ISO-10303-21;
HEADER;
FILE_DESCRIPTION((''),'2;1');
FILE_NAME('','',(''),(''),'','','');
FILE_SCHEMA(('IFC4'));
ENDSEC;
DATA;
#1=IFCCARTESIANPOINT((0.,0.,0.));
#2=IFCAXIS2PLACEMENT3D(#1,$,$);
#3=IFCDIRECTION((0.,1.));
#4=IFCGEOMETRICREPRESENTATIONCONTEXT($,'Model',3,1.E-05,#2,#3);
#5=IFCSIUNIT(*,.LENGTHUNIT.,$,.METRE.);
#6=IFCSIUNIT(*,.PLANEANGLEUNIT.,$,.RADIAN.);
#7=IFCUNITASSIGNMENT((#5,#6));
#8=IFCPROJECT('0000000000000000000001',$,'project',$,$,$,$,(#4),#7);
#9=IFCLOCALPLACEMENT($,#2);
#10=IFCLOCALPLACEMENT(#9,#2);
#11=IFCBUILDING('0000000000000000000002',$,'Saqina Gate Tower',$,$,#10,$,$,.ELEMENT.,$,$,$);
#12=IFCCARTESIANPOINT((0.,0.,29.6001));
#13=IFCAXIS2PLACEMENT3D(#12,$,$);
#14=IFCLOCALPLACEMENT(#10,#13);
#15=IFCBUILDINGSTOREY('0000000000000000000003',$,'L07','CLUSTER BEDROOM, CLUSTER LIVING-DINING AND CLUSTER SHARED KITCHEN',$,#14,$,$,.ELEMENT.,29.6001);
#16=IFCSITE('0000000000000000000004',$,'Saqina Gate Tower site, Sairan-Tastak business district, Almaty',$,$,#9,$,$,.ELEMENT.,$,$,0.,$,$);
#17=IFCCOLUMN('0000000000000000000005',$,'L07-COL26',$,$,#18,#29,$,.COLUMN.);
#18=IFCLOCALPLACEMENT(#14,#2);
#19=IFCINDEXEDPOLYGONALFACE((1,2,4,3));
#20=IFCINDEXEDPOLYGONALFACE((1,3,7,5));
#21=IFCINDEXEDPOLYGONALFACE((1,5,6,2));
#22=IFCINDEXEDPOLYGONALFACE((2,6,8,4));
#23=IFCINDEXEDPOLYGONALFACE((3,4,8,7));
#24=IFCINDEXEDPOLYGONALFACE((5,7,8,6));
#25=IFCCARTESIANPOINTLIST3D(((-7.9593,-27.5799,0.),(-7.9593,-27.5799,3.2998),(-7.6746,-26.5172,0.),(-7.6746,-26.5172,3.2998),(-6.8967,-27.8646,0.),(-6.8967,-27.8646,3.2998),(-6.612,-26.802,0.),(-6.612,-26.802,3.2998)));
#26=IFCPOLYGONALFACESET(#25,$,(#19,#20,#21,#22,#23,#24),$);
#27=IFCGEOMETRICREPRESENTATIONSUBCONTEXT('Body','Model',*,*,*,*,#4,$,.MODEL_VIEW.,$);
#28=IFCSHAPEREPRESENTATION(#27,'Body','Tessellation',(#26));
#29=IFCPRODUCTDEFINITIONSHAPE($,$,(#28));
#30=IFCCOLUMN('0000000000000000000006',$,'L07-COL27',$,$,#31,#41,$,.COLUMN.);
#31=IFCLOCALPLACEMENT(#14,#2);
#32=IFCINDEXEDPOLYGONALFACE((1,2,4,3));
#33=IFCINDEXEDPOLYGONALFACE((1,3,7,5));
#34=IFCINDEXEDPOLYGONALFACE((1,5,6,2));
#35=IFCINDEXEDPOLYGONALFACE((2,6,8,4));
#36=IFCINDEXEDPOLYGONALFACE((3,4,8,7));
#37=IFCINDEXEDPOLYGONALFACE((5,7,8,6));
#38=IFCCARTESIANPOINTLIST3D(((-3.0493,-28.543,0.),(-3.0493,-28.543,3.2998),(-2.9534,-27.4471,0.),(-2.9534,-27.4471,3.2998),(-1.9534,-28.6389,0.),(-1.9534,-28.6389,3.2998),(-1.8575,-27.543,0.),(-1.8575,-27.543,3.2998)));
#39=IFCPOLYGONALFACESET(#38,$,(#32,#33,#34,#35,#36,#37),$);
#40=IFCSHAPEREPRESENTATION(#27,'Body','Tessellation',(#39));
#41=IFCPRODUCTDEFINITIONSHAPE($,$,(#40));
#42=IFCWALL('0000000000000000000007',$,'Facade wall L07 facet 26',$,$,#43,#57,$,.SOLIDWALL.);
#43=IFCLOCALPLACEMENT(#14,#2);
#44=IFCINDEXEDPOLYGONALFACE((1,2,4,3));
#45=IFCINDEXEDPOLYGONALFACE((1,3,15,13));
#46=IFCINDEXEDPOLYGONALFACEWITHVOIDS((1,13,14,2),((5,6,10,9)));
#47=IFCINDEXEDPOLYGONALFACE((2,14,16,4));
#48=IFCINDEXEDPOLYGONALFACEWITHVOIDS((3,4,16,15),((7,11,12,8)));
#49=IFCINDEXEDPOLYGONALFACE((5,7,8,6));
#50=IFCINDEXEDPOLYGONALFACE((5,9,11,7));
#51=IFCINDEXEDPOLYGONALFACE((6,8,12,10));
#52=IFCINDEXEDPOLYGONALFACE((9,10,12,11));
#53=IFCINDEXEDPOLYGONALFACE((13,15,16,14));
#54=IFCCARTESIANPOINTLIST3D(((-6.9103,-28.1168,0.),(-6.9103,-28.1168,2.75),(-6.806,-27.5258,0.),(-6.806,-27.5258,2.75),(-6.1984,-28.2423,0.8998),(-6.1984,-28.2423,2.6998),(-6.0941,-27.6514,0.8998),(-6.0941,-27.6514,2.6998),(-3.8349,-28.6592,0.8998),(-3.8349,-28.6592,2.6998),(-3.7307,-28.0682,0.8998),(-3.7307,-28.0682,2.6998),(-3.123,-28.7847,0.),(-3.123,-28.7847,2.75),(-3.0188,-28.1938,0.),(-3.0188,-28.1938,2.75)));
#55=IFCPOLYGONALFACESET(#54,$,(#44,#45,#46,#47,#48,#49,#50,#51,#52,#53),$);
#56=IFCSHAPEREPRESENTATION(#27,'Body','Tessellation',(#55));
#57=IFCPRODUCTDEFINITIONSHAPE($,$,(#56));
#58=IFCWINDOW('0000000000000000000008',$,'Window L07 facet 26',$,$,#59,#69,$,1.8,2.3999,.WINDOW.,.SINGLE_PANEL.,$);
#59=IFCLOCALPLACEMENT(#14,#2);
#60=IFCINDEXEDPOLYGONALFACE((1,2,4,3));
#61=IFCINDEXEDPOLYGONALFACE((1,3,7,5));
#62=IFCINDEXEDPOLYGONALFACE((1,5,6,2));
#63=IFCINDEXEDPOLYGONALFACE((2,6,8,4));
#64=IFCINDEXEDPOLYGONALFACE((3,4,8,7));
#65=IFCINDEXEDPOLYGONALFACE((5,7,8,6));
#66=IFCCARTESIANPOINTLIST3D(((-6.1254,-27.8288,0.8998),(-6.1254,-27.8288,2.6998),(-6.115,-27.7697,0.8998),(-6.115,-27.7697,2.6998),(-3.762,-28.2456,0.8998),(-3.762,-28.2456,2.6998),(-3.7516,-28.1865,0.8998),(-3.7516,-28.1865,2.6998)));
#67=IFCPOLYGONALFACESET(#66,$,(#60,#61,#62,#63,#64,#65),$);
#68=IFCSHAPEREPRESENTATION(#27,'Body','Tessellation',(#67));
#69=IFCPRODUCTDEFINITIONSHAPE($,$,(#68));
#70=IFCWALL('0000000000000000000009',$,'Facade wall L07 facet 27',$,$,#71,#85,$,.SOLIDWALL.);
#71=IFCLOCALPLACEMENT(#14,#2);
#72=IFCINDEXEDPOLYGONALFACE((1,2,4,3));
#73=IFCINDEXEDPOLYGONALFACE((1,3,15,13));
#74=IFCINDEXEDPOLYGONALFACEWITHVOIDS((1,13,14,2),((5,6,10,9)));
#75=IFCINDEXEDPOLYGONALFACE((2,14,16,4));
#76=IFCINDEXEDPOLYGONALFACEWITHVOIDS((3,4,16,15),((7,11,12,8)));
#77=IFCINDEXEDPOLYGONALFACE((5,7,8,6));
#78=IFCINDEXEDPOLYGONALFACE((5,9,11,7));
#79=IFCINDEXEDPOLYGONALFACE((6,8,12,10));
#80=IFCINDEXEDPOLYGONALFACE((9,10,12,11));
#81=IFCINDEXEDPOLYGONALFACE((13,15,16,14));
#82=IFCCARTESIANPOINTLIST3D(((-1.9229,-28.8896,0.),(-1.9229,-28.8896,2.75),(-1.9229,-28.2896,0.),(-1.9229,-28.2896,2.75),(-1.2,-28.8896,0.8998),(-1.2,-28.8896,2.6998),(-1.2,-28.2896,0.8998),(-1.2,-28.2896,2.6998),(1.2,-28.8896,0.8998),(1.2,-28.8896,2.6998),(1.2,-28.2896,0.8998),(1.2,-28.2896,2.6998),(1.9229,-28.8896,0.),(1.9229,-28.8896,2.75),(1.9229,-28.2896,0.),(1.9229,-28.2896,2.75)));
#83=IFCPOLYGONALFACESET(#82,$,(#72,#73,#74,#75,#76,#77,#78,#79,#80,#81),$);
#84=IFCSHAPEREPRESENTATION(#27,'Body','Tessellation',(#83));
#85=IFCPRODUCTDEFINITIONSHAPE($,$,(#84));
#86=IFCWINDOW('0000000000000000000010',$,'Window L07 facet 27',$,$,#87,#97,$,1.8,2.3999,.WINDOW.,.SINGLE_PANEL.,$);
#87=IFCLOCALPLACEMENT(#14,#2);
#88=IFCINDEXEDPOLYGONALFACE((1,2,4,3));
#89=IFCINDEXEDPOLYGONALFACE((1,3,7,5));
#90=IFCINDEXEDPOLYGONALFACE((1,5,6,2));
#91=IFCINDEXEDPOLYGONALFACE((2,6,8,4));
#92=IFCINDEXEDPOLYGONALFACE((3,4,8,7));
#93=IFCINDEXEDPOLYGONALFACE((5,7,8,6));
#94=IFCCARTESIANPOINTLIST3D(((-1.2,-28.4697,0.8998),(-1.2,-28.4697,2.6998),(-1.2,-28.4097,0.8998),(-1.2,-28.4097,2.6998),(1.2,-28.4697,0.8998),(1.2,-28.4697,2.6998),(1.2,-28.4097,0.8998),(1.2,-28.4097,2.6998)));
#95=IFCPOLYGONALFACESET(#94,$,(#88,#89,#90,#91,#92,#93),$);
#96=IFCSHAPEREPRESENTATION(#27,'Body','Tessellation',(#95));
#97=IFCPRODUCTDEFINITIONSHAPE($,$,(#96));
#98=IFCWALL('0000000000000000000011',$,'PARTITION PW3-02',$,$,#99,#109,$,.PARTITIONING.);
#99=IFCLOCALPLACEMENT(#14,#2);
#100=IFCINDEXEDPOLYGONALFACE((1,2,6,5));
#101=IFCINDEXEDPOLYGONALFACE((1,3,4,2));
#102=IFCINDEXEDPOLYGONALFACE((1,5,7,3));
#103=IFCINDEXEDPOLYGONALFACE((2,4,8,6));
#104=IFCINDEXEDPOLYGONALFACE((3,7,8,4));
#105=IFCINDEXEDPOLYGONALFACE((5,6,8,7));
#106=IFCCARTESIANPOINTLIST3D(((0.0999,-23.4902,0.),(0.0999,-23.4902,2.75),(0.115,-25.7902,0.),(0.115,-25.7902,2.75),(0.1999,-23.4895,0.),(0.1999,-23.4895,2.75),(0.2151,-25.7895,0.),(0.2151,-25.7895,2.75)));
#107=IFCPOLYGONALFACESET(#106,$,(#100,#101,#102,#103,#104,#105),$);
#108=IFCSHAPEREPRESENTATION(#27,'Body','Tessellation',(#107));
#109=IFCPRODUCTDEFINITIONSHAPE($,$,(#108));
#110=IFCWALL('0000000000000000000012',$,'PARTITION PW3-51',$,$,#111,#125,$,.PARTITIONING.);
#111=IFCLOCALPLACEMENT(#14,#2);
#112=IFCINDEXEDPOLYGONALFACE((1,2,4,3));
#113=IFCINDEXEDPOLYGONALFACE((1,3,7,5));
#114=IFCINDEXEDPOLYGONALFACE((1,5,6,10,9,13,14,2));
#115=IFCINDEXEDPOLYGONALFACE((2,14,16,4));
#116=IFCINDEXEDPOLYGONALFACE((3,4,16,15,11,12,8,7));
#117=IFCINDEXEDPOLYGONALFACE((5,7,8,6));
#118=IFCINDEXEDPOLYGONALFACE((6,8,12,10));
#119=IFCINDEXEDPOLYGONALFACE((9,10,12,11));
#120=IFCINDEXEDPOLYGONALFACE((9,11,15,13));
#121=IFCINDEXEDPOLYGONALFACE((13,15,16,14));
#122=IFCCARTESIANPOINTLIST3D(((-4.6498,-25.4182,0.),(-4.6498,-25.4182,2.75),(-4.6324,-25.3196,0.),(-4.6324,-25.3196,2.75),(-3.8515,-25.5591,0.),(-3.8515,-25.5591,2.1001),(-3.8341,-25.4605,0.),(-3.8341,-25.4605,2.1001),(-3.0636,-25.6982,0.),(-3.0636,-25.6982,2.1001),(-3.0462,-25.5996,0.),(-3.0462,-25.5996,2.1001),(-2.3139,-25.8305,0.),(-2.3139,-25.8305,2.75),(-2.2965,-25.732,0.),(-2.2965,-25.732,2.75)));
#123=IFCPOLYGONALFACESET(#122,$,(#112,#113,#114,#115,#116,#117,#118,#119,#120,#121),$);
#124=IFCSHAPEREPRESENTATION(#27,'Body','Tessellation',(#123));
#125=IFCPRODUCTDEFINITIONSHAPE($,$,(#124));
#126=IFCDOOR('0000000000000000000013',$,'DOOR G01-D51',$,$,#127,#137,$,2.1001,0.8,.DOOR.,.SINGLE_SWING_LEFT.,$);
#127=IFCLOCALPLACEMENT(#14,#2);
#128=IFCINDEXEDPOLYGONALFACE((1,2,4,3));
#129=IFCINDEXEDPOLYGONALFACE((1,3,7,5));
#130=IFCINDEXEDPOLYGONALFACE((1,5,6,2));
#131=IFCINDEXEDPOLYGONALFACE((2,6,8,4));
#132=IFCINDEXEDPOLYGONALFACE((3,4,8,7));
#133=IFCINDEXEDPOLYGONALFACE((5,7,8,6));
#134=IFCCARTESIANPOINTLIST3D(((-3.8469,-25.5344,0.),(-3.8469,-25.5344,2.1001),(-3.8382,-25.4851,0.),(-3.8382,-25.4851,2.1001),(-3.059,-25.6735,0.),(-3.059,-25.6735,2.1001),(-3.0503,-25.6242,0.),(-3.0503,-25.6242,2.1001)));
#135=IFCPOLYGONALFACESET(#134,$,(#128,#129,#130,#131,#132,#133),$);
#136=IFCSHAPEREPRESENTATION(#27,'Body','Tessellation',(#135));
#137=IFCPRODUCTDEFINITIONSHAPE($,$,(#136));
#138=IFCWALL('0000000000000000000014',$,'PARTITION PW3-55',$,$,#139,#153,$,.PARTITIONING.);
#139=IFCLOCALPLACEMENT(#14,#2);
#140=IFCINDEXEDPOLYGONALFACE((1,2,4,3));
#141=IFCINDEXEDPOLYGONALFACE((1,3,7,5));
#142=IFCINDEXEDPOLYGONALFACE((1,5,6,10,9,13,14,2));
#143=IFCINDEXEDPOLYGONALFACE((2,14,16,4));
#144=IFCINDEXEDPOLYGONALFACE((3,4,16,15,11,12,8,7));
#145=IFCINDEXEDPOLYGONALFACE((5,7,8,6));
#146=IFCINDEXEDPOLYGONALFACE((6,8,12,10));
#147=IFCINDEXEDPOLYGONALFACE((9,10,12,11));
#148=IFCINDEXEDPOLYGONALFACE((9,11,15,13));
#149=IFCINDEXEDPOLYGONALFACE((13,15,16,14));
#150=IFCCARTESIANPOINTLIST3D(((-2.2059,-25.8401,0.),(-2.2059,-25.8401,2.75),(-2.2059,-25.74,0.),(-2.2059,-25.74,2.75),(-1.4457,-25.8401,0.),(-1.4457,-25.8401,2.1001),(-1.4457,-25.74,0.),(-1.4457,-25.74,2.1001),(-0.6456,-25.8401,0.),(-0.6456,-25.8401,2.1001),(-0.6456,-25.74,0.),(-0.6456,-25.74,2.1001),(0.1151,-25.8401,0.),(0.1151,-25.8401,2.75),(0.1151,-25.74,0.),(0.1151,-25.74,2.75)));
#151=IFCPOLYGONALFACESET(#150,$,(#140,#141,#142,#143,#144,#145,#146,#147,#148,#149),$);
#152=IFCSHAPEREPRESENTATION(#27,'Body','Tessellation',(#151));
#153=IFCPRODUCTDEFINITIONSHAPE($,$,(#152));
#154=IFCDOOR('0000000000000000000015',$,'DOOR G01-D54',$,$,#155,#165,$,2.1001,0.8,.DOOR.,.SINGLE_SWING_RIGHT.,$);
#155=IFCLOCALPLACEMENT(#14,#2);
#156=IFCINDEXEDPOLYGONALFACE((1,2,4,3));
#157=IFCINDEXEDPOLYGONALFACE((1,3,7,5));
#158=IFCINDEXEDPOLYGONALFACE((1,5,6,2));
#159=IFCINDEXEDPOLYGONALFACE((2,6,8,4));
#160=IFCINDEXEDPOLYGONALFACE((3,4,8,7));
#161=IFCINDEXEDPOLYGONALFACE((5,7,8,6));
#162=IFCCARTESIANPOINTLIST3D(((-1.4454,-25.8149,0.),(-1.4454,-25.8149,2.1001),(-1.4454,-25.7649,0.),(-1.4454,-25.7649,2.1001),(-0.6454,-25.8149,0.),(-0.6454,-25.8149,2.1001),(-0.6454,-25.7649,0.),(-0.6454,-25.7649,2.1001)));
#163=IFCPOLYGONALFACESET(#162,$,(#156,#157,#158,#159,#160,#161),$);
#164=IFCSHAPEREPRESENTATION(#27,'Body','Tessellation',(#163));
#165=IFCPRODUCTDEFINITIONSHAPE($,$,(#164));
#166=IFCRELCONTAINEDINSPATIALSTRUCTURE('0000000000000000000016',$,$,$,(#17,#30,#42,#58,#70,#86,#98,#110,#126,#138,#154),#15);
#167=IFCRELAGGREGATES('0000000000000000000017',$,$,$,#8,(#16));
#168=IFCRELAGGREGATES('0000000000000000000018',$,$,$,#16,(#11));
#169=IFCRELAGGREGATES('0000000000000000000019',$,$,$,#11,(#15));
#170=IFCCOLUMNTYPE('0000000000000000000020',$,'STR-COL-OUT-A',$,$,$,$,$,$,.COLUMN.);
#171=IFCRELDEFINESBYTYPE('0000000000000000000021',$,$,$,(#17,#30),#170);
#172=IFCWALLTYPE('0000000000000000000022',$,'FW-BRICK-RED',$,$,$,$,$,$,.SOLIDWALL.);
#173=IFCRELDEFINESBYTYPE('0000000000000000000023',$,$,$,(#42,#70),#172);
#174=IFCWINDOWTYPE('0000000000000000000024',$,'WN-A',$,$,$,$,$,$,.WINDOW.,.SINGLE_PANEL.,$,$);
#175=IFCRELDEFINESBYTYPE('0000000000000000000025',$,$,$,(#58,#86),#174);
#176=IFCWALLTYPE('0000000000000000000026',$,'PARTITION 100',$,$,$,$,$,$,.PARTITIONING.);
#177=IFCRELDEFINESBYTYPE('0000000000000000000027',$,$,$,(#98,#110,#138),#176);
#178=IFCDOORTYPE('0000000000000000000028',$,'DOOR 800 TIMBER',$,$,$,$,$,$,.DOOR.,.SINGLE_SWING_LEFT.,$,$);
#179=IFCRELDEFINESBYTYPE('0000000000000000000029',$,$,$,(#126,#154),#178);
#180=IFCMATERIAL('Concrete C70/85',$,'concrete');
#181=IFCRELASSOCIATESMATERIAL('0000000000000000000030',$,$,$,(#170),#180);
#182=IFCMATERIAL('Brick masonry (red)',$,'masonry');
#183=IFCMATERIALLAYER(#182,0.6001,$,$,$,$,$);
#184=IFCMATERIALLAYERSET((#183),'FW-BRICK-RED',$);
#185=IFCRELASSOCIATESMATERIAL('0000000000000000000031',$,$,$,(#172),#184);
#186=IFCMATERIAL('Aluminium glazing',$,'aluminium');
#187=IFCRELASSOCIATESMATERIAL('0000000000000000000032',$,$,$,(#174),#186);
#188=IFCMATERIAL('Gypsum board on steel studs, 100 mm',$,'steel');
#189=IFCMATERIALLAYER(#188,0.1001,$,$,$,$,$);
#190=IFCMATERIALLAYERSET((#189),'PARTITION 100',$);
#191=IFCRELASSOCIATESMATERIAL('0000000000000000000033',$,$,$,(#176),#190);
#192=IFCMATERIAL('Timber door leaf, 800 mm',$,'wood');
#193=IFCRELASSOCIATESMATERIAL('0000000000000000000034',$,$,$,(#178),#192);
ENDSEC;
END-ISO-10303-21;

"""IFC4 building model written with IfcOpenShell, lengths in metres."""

from ifc_helpers import new_model, si_unit, direction, frame, frame_2d, origin, origin_2d, place, context, subcontext, project, spatial, rectangle, extrude, material, layer, layer_set, material_profile, profile_set, type_object, element, fill, save


model = new_model("IFC4")

# Units and contexts
model_context = context("Model", 3, precision=1e-05, world=origin(), true_north=direction((0.0, 1.0)))
body_context = subcontext(model_context, "Body", "Model", "MODEL_VIEW")
ifc_project = project(units=[si_unit("LENGTHUNIT", "METRE"), si_unit("PLANEANGLEUNIT", "RADIAN")], contexts=[model_context])

# Site, building, storey
site_placement = place(None, origin())
site = spatial("IfcSite", under=ifc_project, at=site_placement, Name="Saqina Gate Tower site, Sairan-Tastak business district, Almaty", CompositionType="ELEMENT", RefElevation=0.0)
building_placement = place(site_placement, origin())
building = spatial("IfcBuilding", under=site, at=building_placement, Name="Saqina Gate Tower", CompositionType="ELEMENT")
storey_placement = place(building_placement, frame((0.0, 0.0, 29.6001)))
storey = spatial("IfcBuildingStorey", under=building, at=storey_placement, Name="L07", Description="CLUSTER BEDROOM, CLUSTER LIVING-DINING AND CLUSTER SHARED KITCHEN", CompositionType="ELEMENT", Elevation=29.6001)

# Columns
ifc_material_1 = material(Name="Concrete C70/85", Category="concrete")
ifc_material_profile = material_profile(ifc_material_1, rectangle(XDim=1.1001, YDim=1.1001, at=origin_2d()), Name="RC 1100x1100")
ifc_profile_set = profile_set([ifc_material_profile], Name="Concrete C70/85")
column_type = type_object("IfcColumnType", Name="STR-COL-OUT-A", PredefinedType="COLUMN", material=ifc_profile_set)
for number, where, z_axis, x_axis, name in (
    (1, (-7.2856, -27.1909, 0.0), (0.0, 0.0, 1.0), (-0.258819, -0.965926, 0.0), "L07-COL26"),
    (2, (-2.4534, -28.043, 0.0), (0.0, 0.0, 1.0), (-0.087156, -0.996195, 0.0), "L07-COL27"),
):
    element("IfcColumn", number, at=place(storey_placement, frame(where, z_axis=z_axis, x_axis=x_axis)), inside=storey, type_object=column_type, Name=name, PredefinedType="COLUMN", context=body_context, shape_type="SweptSolid", body=[
        extrude(rectangle(XDim=1.1001, YDim=1.1001, at=origin_2d()), origin(), (0.0, 0.0, 1.0), 3.2998),
    ])

# Walls, openings, windows
ifc_material_2 = material(Name="Brick masonry (red)", Category="masonry")
ifc_layer_1 = layer(ifc_material_2, 0.6001)
ifc_layer_set_1 = layer_set([ifc_layer_1], Name="FW-BRICK-RED")
wall_type_1 = type_object("IfcWallType", Name="FW-BRICK-RED", PredefinedType="SOLIDWALL", material=ifc_layer_set_1)
wall_1_placement = place(storey_placement, frame((-6.8582, -27.8213, 0.0), z_axis=(0.0, 0.0, 1.0), x_axis=(0.984801, -0.173688, 0.0)))
wall_1 = element("IfcWall", 3, at=wall_1_placement, inside=storey, type_object=wall_type_1, Name="Facade wall L07 facet 26", PredefinedType="SOLIDWALL", context=body_context, shape_type="SweptSolid", body=[
    extrude(rectangle(XDim=3.8457, YDim=0.6001, at=frame_2d((1.9229, 0.0))), origin(), (0.0, 0.0, 1.0), 2.75),
])
opening_1_placement = place(wall_1_placement, frame((0.7229, 0.0, 0.8999)))
opening_1 = element("IfcOpeningElement", 4, at=opening_1_placement, cuts=wall_1, PredefinedType="OPENING", context=body_context, shape_type="SweptSolid", body=[
    extrude(rectangle(XDim=2.3999, YDim=1.8, at=frame_2d((1.2, 0.8999))), frame((0.0, 0.312, 0.0), z_axis=(0.0, -1.0, 0.0), x_axis=(1.0, 0.0, 0.0)), (0.0, 0.0, 1.0), 0.624),
])
ifc_material_3 = material(Name="Aluminium glazing", Category="aluminium")
window_type = type_object("IfcWindowType", Name="WN-A", PartitioningType="SINGLE_PANEL", PredefinedType="WINDOW", material=ifc_material_3)
window_1_placement = place(opening_1_placement, origin())
window_1 = element("IfcWindow", 5, at=window_1_placement, inside=storey, type_object=window_type, Name="Window L07 facet 26", OverallHeight=1.8, OverallWidth=2.3999, PartitioningType="SINGLE_PANEL", PredefinedType="WINDOW", context=body_context, shape_type="SweptSolid", body=[
    extrude(rectangle(XDim=2.3999, YDim=1.8, at=frame_2d((1.2, 0.8999))), frame((0.0, 0.1799, 0.0), z_axis=(0.0, -1.0, 0.0), x_axis=(1.0, 0.0, 0.0)), (0.0, 0.0, 1.0), 0.0601),
])
fill(opening_1, window_1)
wall_2_placement = place(storey_placement, frame((-1.9229, -28.5896, 0.0), z_axis=(0.0, 0.0, 1.0), x_axis=(1.0, 0.0, 0.0)))
wall_2 = element("IfcWall", 6, at=wall_2_placement, inside=storey, type_object=wall_type_1, Name="Facade wall L07 facet 27", PredefinedType="SOLIDWALL", context=body_context, shape_type="SweptSolid", body=[
    extrude(rectangle(XDim=3.8457, YDim=0.6001, at=frame_2d((1.9229, 0.0))), origin(), (0.0, 0.0, 1.0), 2.75),
])
opening_2_placement = place(wall_2_placement, frame((0.7229, 0.0, 0.8999)))
opening_2 = element("IfcOpeningElement", 7, at=opening_2_placement, cuts=wall_2, PredefinedType="OPENING", context=body_context, shape_type="SweptSolid", body=[
    extrude(rectangle(XDim=2.3999, YDim=1.8, at=frame_2d((1.2, 0.8999))), frame((0.0, 0.312, 0.0), z_axis=(0.0, -1.0, 0.0), x_axis=(1.0, 0.0, 0.0)), (0.0, 0.0, 1.0), 0.624),
])
window_2_placement = place(opening_2_placement, origin())
window_2 = element("IfcWindow", 8, at=window_2_placement, inside=storey, type_object=window_type, Name="Window L07 facet 27", OverallHeight=1.8, OverallWidth=2.3999, PartitioningType="SINGLE_PANEL", PredefinedType="WINDOW", context=body_context, shape_type="SweptSolid", body=[
    extrude(rectangle(XDim=2.3999, YDim=1.8, at=frame_2d((1.2, 0.8999))), frame((0.0, 0.1799, 0.0), z_axis=(0.0, -1.0, 0.0), x_axis=(1.0, 0.0, 0.0)), (0.0, 0.0, 1.0), 0.0601),
])
fill(opening_2, window_2)

# Wall
ifc_material_4 = material(Name="Gypsum board on steel studs, 100 mm", Category="steel")
ifc_layer_2 = layer(ifc_material_4, 0.1001)
ifc_layer_set_2 = layer_set([ifc_layer_2], Name="PARTITION 100")
wall_type_2 = type_object("IfcWallType", Name="PARTITION 100", PredefinedType="PARTITIONING", material=ifc_layer_set_2)
wall_3_placement = place(storey_placement, frame((0.1499, -23.49, 0.0), z_axis=(0.0, 0.0, 1.0), x_axis=(0.006581, -0.999978, 0.0)))
element("IfcWall", 9, at=wall_3_placement, inside=storey, type_object=wall_type_2, Name="PARTITION PW3-02", PredefinedType="PARTITIONING", context=body_context, shape_type="SweptSolid", body=[
    extrude(rectangle(XDim=2.3, YDim=0.1001, at=frame_2d((1.1499, 0.0))), origin(), (0.0, 0.0, 1.0), 2.75),
])

# Walls, openings, doors
wall_4_placement = place(storey_placement, frame((-4.6411, -25.3689, 0.0), z_axis=(0.0, 0.0, 1.0), x_axis=(0.984774, -0.173838, 0.0)))
wall_4 = element("IfcWall", 10, at=wall_4_placement, inside=storey, type_object=wall_type_2, Name="PARTITION PW3-51", PredefinedType="PARTITIONING", context=body_context, shape_type="SweptSolid", body=[
    extrude(rectangle(XDim=2.3721, YDim=0.1001, at=frame_2d((1.186, 0.0))), origin(), (0.0, 0.0, 1.0), 2.75),
])
opening_3_placement = place(wall_4_placement, frame((0.8108, 0.0, 0.0)))
opening_3 = element("IfcOpeningElement", 11, at=opening_3_placement, cuts=wall_4, PredefinedType="OPENING", context=body_context, shape_type="SweptSolid", body=[
    extrude(rectangle(XDim=0.8, YDim=2.1001, at=frame_2d((0.3999, 1.05))), frame((0.0, 0.062, 0.0), z_axis=(0.0, -1.0, 0.0), x_axis=(1.0, 0.0, 0.0)), (0.0, 0.0, 1.0), 0.124),
])
ifc_material_5 = material(Name="Timber door leaf, 800 mm", Category="wood")
door_type_1 = type_object("IfcDoorType", Name="DOOR 800 TIMBER", OperationType="SINGLE_SWING_LEFT", PredefinedType="DOOR", material=ifc_material_5)
door_1_placement = place(opening_3_placement, frame((0.8, 0.0, 0.0), z_axis=(0.0, 0.0, 1.0), x_axis=(-1.0, 0.0, 0.0)))
door_1 = element("IfcDoor", 12, at=door_1_placement, inside=storey, type_object=door_type_1, Name="DOOR G01-D51", OperationType="SINGLE_SWING_LEFT", OverallHeight=2.1001, OverallWidth=0.8, PredefinedType="DOOR", context=body_context, shape_type="SweptSolid", body=[
    extrude(rectangle(XDim=0.8, YDim=2.1001, at=frame_2d((0.3999, 1.05))), frame((0.0, 0.0249, 0.0), z_axis=(0.0, -1.0, 0.0), x_axis=(1.0, 0.0, 0.0)), (0.0, 0.0, 1.0), 0.05),
])
fill(opening_3, door_1)
wall_5_placement = place(storey_placement, frame((-2.2061, -25.79, 0.0), z_axis=(0.0, 0.0, 1.0), x_axis=(1.0, 0.0, 0.0)))
wall_5 = element("IfcWall", 13, at=wall_5_placement, inside=storey, type_object=wall_type_2, Name="PARTITION PW3-55", PredefinedType="PARTITIONING", context=body_context, shape_type="SweptSolid", body=[
    extrude(rectangle(XDim=2.321, YDim=0.1001, at=frame_2d((1.1606, 0.0))), origin(), (0.0, 0.0, 1.0), 2.75),
])
opening_4_placement = place(wall_5_placement, frame((0.7605, 0.0, 0.0)))
opening_4 = element("IfcOpeningElement", 14, at=opening_4_placement, cuts=wall_5, PredefinedType="OPENING", context=body_context, shape_type="SweptSolid", body=[
    extrude(rectangle(XDim=0.8, YDim=2.1001, at=frame_2d((0.3999, 1.05))), frame((0.0, 0.062, 0.0), z_axis=(0.0, -1.0, 0.0), x_axis=(1.0, 0.0, 0.0)), (0.0, 0.0, 1.0), 0.124),
])
door_2_placement = place(opening_4_placement, frame((0.8, 0.0, 0.0), z_axis=(0.0, 0.0, 1.0), x_axis=(-1.0, 0.0, 0.0)))
door_2 = element("IfcDoor", 15, at=door_2_placement, inside=storey, type_object=door_type_1, Name="DOOR G01-D54", OperationType="SINGLE_SWING_RIGHT", OverallHeight=2.1001, OverallWidth=0.8, PredefinedType="DOOR", context=body_context, shape_type="SweptSolid", body=[
    extrude(rectangle(XDim=0.8, YDim=2.1001, at=frame_2d((0.3999, 1.05))), frame((0.0, 0.0249, 0.0), z_axis=(0.0, -1.0, 0.0), x_axis=(1.0, 0.0, 0.0)), (0.0, 0.0, 1.0), 0.05),
])
fill(opening_4, door_2)

save(model, "model.ifc")
